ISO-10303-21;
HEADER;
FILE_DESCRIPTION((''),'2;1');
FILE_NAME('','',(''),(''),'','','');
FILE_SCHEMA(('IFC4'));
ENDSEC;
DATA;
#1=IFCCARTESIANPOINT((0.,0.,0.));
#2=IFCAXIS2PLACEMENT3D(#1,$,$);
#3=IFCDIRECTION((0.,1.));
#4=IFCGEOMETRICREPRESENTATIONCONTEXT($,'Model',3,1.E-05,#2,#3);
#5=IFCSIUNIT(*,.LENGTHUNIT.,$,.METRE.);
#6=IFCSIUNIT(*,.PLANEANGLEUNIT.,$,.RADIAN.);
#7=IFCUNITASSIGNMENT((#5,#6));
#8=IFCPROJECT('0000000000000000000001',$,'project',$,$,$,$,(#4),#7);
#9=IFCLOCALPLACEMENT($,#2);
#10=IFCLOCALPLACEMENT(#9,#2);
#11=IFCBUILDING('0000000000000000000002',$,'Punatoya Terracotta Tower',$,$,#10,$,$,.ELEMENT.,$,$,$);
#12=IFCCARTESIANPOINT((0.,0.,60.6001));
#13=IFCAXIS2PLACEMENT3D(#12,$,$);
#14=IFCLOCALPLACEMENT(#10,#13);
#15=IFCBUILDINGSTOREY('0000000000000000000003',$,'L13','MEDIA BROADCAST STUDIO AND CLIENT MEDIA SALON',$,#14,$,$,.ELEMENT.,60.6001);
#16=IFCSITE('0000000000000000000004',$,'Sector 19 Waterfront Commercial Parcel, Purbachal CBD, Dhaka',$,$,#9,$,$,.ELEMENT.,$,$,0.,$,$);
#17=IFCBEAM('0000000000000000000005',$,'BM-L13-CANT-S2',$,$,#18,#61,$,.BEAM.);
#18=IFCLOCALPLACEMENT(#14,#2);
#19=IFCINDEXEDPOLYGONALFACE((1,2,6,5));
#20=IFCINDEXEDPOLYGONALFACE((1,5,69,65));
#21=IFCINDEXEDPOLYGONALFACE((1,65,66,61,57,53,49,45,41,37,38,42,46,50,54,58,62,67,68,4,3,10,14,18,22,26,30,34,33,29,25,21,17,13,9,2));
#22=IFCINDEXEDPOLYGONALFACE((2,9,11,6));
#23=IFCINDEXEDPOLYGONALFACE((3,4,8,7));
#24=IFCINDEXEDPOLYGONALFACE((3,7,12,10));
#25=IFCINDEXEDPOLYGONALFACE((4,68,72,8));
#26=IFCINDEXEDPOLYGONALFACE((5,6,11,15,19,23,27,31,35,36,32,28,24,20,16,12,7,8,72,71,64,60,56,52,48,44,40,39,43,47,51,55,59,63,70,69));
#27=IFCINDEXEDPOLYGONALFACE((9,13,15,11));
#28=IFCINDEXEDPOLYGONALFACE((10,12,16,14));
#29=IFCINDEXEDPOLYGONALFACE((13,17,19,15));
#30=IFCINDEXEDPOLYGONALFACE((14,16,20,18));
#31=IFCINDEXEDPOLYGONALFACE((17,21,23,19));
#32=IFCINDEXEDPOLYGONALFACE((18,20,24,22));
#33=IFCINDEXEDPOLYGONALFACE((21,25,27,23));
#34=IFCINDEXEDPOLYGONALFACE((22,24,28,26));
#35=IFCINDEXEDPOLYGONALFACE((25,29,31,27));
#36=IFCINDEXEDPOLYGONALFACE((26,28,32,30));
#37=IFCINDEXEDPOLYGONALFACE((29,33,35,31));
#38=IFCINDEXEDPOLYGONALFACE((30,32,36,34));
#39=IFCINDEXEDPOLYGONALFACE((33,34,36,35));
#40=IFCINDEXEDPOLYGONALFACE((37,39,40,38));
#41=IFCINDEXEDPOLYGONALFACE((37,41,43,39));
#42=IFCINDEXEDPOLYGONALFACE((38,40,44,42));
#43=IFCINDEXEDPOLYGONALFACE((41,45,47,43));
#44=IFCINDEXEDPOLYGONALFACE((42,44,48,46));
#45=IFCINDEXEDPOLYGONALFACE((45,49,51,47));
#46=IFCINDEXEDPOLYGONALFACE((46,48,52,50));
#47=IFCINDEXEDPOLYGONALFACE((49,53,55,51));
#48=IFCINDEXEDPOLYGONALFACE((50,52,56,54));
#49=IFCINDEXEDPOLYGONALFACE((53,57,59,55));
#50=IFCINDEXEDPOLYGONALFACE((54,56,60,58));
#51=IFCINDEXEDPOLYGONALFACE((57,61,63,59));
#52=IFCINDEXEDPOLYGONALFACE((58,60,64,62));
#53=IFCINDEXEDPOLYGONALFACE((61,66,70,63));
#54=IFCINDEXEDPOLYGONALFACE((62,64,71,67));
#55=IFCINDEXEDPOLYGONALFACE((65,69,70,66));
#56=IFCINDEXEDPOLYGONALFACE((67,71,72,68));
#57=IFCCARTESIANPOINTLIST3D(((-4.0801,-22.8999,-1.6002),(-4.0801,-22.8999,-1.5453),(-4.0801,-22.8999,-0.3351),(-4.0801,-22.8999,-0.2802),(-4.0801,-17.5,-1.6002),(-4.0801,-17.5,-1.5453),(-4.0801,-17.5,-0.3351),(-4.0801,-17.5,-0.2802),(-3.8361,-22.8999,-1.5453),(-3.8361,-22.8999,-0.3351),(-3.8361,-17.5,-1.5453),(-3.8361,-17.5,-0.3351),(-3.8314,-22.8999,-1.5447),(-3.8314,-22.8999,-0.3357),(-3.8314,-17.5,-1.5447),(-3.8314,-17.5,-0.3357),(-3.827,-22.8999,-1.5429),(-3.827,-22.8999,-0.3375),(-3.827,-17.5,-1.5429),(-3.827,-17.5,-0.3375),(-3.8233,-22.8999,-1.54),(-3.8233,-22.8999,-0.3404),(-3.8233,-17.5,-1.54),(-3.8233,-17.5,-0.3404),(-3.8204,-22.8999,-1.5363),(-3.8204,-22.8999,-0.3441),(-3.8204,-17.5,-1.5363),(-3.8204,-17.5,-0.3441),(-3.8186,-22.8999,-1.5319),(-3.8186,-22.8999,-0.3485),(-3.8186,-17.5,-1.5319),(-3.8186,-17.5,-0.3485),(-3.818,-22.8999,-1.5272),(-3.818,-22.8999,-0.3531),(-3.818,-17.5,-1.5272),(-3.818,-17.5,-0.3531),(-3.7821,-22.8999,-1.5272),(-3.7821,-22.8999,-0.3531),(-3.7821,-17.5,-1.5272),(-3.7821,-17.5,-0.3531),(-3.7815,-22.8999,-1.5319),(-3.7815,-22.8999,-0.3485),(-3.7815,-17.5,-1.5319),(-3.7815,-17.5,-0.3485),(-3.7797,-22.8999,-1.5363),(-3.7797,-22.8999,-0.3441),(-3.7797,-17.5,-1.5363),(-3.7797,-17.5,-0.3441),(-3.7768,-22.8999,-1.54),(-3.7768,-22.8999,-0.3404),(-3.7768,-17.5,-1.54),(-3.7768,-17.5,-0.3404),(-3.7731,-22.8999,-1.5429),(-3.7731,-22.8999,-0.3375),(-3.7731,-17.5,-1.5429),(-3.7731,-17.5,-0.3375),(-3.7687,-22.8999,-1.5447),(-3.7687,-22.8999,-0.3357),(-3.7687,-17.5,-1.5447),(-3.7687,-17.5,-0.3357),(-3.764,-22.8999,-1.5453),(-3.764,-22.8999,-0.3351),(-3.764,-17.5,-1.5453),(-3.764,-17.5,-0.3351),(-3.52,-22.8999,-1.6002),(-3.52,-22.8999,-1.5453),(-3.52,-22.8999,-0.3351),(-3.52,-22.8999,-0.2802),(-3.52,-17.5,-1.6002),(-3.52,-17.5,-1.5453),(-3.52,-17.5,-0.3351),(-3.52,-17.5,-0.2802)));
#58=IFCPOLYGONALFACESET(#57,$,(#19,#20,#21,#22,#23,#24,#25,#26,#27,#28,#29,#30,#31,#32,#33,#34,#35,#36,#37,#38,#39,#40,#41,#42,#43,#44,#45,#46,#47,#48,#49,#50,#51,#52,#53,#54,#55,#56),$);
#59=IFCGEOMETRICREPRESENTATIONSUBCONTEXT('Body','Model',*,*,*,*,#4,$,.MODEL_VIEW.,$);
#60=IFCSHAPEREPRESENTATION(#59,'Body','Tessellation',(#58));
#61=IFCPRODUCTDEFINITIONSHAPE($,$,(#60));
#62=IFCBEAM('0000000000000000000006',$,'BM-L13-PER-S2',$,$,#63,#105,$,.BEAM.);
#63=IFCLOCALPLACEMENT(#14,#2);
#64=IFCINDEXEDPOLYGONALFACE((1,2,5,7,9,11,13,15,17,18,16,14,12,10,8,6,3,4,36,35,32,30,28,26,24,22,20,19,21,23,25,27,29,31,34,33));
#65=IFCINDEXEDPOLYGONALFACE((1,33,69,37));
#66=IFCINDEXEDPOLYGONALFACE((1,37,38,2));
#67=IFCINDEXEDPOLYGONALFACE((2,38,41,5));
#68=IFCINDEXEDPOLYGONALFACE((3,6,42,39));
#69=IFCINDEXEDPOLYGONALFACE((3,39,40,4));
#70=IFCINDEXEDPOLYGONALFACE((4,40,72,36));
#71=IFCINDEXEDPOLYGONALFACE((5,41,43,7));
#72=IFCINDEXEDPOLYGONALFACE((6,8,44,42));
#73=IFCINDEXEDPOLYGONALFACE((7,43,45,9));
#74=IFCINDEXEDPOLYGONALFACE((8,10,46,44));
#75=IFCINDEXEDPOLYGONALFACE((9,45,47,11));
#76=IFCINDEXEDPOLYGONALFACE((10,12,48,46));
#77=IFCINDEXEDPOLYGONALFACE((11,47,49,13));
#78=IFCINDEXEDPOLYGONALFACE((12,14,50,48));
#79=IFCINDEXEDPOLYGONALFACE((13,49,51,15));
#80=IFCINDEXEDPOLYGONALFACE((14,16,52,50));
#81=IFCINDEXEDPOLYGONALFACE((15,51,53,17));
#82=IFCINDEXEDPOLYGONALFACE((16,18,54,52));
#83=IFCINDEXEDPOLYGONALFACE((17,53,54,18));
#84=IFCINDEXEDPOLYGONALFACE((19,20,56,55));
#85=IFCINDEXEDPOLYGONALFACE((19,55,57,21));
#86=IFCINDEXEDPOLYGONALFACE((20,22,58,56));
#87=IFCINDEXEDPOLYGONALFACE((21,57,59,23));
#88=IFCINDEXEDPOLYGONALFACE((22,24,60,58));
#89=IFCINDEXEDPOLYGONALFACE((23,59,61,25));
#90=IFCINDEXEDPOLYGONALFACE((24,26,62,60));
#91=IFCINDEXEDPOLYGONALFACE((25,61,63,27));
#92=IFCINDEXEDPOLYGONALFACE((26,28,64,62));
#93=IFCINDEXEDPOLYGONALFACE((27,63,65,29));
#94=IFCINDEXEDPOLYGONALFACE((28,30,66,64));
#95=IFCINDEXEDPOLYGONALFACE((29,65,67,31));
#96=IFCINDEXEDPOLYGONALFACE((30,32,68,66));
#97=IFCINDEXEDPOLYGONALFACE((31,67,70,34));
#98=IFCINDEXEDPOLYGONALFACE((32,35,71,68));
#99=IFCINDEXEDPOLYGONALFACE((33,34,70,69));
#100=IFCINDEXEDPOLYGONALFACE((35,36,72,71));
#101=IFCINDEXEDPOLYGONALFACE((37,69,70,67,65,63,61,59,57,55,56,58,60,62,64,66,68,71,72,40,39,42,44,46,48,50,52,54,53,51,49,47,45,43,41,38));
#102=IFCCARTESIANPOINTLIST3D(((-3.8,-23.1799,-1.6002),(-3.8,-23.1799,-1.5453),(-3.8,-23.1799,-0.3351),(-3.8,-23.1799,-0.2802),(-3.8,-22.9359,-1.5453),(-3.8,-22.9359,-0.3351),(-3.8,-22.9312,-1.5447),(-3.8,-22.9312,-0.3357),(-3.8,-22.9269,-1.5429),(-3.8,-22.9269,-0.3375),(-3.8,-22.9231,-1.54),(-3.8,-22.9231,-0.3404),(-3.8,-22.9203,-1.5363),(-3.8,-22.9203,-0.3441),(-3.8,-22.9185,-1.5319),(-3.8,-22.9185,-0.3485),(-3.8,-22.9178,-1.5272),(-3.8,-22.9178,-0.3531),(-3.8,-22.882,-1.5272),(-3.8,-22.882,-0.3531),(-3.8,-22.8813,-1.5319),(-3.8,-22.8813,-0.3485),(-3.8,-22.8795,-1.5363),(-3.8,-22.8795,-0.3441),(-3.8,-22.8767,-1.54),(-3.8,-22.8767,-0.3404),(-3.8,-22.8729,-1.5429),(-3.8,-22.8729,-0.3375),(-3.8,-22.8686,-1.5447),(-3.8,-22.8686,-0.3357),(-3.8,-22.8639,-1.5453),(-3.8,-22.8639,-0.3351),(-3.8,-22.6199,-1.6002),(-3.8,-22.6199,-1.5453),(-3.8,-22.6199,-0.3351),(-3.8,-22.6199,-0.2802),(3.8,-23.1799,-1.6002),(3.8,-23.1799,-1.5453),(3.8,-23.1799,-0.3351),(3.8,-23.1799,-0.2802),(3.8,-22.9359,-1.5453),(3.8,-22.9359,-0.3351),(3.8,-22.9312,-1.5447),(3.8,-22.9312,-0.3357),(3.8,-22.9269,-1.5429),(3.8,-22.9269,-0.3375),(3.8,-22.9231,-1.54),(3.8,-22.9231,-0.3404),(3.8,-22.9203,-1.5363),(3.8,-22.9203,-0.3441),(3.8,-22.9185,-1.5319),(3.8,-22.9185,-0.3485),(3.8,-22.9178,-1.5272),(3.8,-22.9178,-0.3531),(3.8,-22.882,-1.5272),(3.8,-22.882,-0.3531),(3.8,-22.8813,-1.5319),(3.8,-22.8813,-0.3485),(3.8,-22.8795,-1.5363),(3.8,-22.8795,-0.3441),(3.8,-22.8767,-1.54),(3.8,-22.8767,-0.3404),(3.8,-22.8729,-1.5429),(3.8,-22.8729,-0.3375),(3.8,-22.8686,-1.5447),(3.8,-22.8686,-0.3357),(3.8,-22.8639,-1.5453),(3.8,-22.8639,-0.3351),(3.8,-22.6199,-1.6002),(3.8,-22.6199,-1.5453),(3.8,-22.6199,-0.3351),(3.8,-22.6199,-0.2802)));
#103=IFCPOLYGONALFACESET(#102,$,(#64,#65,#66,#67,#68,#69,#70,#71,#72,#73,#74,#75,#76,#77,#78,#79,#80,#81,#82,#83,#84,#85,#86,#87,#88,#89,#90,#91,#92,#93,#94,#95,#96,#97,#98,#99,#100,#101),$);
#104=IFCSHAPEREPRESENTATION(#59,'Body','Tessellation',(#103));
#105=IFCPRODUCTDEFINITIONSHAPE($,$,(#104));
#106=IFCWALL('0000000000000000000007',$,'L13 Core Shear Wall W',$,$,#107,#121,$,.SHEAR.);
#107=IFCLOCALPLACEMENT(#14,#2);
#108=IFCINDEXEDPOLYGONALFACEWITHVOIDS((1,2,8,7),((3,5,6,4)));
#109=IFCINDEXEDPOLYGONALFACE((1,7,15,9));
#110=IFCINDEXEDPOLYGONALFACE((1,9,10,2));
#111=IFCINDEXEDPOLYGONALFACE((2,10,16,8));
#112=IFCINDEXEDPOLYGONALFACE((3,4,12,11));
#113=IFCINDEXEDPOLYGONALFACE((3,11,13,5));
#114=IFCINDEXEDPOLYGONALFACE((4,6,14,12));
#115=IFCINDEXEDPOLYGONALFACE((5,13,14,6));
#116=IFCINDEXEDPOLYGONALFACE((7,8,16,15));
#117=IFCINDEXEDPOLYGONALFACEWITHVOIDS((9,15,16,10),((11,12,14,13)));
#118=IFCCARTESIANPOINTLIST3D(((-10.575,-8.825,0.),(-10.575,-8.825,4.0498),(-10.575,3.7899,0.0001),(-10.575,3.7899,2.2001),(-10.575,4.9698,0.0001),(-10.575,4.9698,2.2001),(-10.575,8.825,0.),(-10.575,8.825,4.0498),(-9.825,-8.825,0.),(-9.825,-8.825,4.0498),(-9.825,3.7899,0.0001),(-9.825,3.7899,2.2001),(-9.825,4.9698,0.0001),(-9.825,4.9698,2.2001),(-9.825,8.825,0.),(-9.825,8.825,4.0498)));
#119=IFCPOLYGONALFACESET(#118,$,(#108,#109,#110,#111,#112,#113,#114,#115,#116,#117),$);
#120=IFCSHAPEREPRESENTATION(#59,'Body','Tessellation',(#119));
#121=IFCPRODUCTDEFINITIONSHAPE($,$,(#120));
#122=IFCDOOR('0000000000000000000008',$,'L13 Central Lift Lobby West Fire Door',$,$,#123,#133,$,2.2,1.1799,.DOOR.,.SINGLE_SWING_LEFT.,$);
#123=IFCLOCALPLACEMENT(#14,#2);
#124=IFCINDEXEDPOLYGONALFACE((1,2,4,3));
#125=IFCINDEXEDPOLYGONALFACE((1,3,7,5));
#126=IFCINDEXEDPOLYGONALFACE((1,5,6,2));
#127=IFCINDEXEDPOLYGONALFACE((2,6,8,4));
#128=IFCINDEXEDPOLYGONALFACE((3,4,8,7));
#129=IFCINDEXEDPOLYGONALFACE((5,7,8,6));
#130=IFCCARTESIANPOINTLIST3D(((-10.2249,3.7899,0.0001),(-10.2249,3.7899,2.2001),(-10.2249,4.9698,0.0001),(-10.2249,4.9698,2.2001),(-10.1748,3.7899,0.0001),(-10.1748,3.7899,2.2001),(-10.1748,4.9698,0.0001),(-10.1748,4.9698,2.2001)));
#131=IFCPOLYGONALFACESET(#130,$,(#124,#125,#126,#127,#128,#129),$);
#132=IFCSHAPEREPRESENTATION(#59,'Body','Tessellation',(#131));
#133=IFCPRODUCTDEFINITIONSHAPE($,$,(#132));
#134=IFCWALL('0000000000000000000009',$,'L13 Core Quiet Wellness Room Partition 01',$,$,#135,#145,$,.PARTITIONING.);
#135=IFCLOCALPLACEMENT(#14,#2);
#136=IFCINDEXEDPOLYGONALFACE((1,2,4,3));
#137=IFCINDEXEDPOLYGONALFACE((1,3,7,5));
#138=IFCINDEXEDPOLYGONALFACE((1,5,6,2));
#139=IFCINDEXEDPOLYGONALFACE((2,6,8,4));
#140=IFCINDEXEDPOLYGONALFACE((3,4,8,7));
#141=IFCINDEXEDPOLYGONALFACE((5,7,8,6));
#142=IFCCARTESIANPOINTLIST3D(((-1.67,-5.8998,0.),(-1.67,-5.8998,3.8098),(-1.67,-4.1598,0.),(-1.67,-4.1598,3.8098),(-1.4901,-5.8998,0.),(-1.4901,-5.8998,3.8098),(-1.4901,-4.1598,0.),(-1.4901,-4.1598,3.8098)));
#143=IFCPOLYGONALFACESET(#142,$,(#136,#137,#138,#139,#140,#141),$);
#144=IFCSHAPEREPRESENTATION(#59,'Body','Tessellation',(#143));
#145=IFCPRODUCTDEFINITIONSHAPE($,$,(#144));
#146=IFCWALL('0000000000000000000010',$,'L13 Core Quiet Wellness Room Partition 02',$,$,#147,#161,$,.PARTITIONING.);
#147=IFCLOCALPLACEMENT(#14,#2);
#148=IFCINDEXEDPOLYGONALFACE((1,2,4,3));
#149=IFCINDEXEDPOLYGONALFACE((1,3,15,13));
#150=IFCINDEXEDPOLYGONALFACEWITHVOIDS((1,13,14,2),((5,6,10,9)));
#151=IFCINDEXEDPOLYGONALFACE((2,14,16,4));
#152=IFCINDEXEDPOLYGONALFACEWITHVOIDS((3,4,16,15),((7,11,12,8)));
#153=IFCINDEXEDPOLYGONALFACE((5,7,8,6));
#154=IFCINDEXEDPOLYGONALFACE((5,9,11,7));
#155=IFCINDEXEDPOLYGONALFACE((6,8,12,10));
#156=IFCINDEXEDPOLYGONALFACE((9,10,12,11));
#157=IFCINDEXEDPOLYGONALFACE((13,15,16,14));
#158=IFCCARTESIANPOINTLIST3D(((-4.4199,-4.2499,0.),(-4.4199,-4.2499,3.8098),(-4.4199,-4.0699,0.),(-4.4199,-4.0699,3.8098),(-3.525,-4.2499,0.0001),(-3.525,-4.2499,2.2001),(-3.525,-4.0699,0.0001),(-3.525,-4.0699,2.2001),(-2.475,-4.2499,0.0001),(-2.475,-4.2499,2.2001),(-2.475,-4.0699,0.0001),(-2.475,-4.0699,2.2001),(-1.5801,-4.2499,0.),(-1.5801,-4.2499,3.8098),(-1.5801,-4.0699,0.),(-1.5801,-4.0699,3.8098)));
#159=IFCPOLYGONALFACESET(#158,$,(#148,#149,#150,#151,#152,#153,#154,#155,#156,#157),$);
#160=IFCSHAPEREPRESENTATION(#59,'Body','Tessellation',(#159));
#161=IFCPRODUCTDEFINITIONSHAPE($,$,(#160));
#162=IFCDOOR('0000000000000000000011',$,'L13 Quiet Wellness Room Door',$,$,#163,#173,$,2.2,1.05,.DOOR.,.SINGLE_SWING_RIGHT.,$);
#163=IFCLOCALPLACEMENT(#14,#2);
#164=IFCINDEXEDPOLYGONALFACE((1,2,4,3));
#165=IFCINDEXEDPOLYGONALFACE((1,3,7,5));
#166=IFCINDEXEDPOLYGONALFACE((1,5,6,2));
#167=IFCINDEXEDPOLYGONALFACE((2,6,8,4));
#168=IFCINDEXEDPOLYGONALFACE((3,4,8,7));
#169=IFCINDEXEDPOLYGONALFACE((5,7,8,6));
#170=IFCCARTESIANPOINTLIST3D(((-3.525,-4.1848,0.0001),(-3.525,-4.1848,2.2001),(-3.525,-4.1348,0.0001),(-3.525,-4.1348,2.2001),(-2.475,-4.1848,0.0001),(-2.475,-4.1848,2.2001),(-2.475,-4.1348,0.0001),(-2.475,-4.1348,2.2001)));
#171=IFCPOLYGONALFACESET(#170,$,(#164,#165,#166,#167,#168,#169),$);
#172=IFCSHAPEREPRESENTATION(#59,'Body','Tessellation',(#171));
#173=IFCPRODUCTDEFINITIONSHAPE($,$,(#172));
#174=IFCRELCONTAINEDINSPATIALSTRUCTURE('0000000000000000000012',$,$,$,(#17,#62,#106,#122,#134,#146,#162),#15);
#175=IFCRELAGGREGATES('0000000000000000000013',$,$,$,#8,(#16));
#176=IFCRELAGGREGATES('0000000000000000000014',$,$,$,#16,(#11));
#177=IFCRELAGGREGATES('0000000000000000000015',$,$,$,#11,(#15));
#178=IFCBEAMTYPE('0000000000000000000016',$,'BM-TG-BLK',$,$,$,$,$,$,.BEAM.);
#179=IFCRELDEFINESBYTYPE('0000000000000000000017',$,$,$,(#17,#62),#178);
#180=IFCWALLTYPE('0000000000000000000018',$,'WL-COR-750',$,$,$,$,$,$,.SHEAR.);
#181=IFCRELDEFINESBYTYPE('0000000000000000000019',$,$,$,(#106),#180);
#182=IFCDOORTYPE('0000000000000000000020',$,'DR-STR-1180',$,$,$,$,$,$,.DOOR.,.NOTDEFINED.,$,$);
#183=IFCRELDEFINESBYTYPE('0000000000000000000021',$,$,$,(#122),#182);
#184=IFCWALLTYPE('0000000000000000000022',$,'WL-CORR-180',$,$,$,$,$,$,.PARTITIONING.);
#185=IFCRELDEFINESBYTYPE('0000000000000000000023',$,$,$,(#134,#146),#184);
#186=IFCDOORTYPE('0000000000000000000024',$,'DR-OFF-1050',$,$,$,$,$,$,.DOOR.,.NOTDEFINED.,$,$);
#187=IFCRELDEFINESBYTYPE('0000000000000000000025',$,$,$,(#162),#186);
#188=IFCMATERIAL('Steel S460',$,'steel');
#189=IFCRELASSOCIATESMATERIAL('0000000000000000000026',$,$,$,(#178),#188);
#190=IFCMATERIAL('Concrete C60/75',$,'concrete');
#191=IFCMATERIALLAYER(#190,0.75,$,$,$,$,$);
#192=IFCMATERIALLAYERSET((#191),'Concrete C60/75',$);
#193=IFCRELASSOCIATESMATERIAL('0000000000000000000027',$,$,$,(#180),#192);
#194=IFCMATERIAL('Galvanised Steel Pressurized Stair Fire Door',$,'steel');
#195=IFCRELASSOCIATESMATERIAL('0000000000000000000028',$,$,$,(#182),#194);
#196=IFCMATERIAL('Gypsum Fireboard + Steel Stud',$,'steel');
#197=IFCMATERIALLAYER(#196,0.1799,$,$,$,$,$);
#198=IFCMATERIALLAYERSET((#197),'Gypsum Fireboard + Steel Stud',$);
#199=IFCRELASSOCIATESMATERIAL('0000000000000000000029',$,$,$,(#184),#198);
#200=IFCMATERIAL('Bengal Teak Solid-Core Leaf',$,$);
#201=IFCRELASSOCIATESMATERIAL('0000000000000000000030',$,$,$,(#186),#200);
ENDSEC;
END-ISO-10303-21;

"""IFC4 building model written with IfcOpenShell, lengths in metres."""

from ifc_helpers import new_model, si_unit, direction, frame, frame_2d, origin, origin_2d, place, context, subcontext, project, spatial, rectangle, i_section, extrude, material, layer, layer_set, material_profile, profile_set, type_object, element, fill, save


model = new_model("IFC4")

# Units and contexts
model_context = context("Model", 3, precision=1e-05, world=origin(), true_north=direction((0.0, 1.0)))
body_context = subcontext(model_context, "Body", "Model", "MODEL_VIEW")
ifc_project = project(units=[si_unit("LENGTHUNIT", "METRE"), si_unit("PLANEANGLEUNIT", "RADIAN")], contexts=[model_context])

# Site, building, storey
site_placement = place(None, origin())
site = spatial("IfcSite", under=ifc_project, at=site_placement, Name="Sector 19 Waterfront Commercial Parcel, Purbachal CBD, Dhaka", CompositionType="ELEMENT", RefElevation=0.0)
building_placement = place(site_placement, origin())
building = spatial("IfcBuilding", under=site, at=building_placement, Name="Punatoya Terracotta Tower", CompositionType="ELEMENT")
storey_placement = place(building_placement, frame((0.0, 0.0, 60.6001)))
storey = spatial("IfcBuildingStorey", under=building, at=storey_placement, Name="L13", Description="MEDIA BROADCAST STUDIO AND CLIENT MEDIA SALON", CompositionType="ELEMENT", Elevation=60.6001)

# Shared definitions
ifc_material_1 = material(Name="Steel S460", Category="steel")

# Beams
ifc_material_2 = material(Name="Concrete C60/75", Category="concrete")
ifc_material_profile_1 = material_profile(ifc_material_1, i_section(OverallWidth=0.5601, OverallDepth=1.3201, WebThickness=0.0359, FlangeThickness=0.0549, FilletRadius=0.0181, at=origin_2d()))
ifc_profile_set_1 = profile_set([ifc_material_profile_1], Name="Steel S460")
beam_type_1 = type_object("IfcBeamType", Name="BM-TG-BLK", PredefinedType="BEAM", material=ifc_profile_set_1)
beam_1_placement = place(storey_placement, frame((-3.8, -22.8999, -0.9402), z_axis=(0.0, 1.0, 0.0), x_axis=(-1.0, 0.0, 0.0)))
element("IfcBeam", 1, at=beam_1_placement, inside=storey, type_object=beam_type_1, Name="BM-L13-CANT-S2", PredefinedType="BEAM", context=body_context, shape_type="SweptSolid", body=[
    extrude(i_section(OverallWidth=0.5601, OverallDepth=1.3201, WebThickness=0.0359, FlangeThickness=0.0549, FilletRadius=0.0181, at=origin_2d()), origin(), (0.0, 0.0, 1.0), 5.3999),
])
beam_2_placement = place(storey_placement, frame((-3.8, -22.8999, -0.9402), z_axis=(1.0, 0.0, 0.0), x_axis=(0.0, 1.0, 0.0)))
element("IfcBeam", 2, at=beam_2_placement, inside=storey, type_object=beam_type_1, Name="BM-L13-PER-S2", PredefinedType="BEAM", context=body_context, shape_type="SweptSolid", body=[
    extrude(i_section(OverallWidth=0.5601, OverallDepth=1.3201, WebThickness=0.0359, FlangeThickness=0.0549, FilletRadius=0.0181, at=origin_2d()), origin(), (0.0, 0.0, 1.0), 7.6001),
])

# Wall, opening, door
ifc_layer_1 = layer(ifc_material_2, 0.75)
ifc_layer_set_1 = layer_set([ifc_layer_1], Name="Concrete C60/75")
wall_type_1 = type_object("IfcWallType", Name="WL-COR-750", PredefinedType="SHEAR", material=ifc_layer_set_1)
wall_1_placement = place(storey_placement, frame((-10.2, -8.825, 0.0), z_axis=(0.0, 0.0, 1.0), x_axis=(0.0, 1.0, 0.0)))
wall_1 = element("IfcWall", 3, at=wall_1_placement, inside=storey, type_object=wall_type_1, Name="L13 Core Shear Wall W", PredefinedType="SHEAR", context=body_context, shape_type="SweptSolid", body=[
    extrude(rectangle(XDim=17.6499, YDim=0.75, at=frame_2d((8.825, 0.0))), origin(), (0.0, 0.0, 1.0), 4.0498),
])
opening_1_placement = place(wall_1_placement, frame((12.615, 0.0, 0.0)))
opening_1 = element("IfcOpeningElement", 4, at=opening_1_placement, cuts=wall_1, PredefinedType="OPENING", context=body_context, shape_type="SweptSolid", body=[
    extrude(rectangle(XDim=1.1799, YDim=2.2, at=frame_2d((0.5898, 1.1001))), frame((0.0, 0.385, 0.0), z_axis=(0.0, -1.0, 0.0), x_axis=(1.0, 0.0, 0.0)), (0.0, 0.0, 1.0), 0.77),
])
ifc_material_3 = material(Name="Galvanised Steel Pressurized Stair Fire Door", Category="steel")
door_type_1 = type_object("IfcDoorType", Name="DR-STR-1180", OperationType="NOTDEFINED", PredefinedType="DOOR", material=ifc_material_3)
door_1_placement = place(opening_1_placement, origin())
door_1 = element("IfcDoor", 5, at=door_1_placement, inside=storey, type_object=door_type_1, Name="L13 Central Lift Lobby West Fire Door", OperationType="SINGLE_SWING_LEFT", OverallHeight=2.2, OverallWidth=1.1799, PredefinedType="DOOR", context=body_context, shape_type="SweptSolid", body=[
    extrude(rectangle(XDim=1.1799, YDim=2.2, at=frame_2d((0.5898, 1.1001))), frame((0.0, 0.0249, 0.0), z_axis=(0.0, -1.0, 0.0), x_axis=(1.0, 0.0, 0.0)), (0.0, 0.0, 1.0), 0.05),
])
fill(opening_1, door_1)

# Wall
ifc_material_4 = material(Name="Gypsum Fireboard + Steel Stud", Category="steel")
ifc_layer_2 = layer(ifc_material_4, 0.1799)
ifc_layer_set_2 = layer_set([ifc_layer_2], Name="Gypsum Fireboard + Steel Stud")
wall_type_2 = type_object("IfcWallType", Name="WL-CORR-180", PredefinedType="PARTITIONING", material=ifc_layer_set_2)
wall_2_placement = place(storey_placement, frame((-1.5801, -5.8999, 0.0), z_axis=(0.0, 0.0, 1.0), x_axis=(0.0, 1.0, 0.0)))
element("IfcWall", 6, at=wall_2_placement, inside=storey, type_object=wall_type_2, Name="L13 Core Quiet Wellness Room Partition 01", PredefinedType="PARTITIONING", context=body_context, shape_type="SweptSolid", body=[
    extrude(rectangle(XDim=1.74, YDim=0.1799, at=frame_2d((0.8701, 0.0))), origin(), (0.0, 0.0, 1.0), 3.8098),
])

# Wall, opening, door
wall_3_placement = place(storey_placement, frame((-1.5801, -4.1599, 0.0), z_axis=(0.0, 0.0, 1.0), x_axis=(-1.0, 0.0, 0.0)))
wall_3 = element("IfcWall", 7, at=wall_3_placement, inside=storey, type_object=wall_type_2, Name="L13 Core Quiet Wellness Room Partition 02", PredefinedType="PARTITIONING", context=body_context, shape_type="SweptSolid", body=[
    extrude(rectangle(XDim=2.8398, YDim=0.1799, at=frame_2d((1.4199, 0.0))), origin(), (0.0, 0.0, 1.0), 3.8098),
])
opening_2_placement = place(wall_3_placement, frame((0.895, 0.0, 0.0)))
opening_2 = element("IfcOpeningElement", 8, at=opening_2_placement, cuts=wall_3, PredefinedType="OPENING", context=body_context, shape_type="SweptSolid", body=[
    extrude(rectangle(XDim=1.05, YDim=2.2, at=frame_2d((0.5249, 1.1001))), frame((0.0, 0.0999, 0.0), z_axis=(0.0, -1.0, 0.0), x_axis=(1.0, 0.0, 0.0)), (0.0, 0.0, 1.0), 0.2),
])
ifc_material_5 = material(Name="Bengal Teak Solid-Core Leaf")
door_type_2 = type_object("IfcDoorType", Name="DR-OFF-1050", OperationType="NOTDEFINED", PredefinedType="DOOR", material=ifc_material_5)
door_2_placement = place(opening_2_placement, origin())
door_2 = element("IfcDoor", 9, at=door_2_placement, inside=storey, type_object=door_type_2, Name="L13 Quiet Wellness Room Door", OperationType="SINGLE_SWING_RIGHT", OverallHeight=2.2, OverallWidth=1.05, PredefinedType="DOOR", context=body_context, shape_type="SweptSolid", body=[
    extrude(rectangle(XDim=1.05, YDim=2.2, at=frame_2d((0.5249, 1.1001))), frame((0.0, 0.0249, 0.0), z_axis=(0.0, -1.0, 0.0), x_axis=(1.0, 0.0, 0.0)), (0.0, 0.0, 1.0), 0.05),
])
fill(opening_2, door_2)

save(model, "model.ifc")
